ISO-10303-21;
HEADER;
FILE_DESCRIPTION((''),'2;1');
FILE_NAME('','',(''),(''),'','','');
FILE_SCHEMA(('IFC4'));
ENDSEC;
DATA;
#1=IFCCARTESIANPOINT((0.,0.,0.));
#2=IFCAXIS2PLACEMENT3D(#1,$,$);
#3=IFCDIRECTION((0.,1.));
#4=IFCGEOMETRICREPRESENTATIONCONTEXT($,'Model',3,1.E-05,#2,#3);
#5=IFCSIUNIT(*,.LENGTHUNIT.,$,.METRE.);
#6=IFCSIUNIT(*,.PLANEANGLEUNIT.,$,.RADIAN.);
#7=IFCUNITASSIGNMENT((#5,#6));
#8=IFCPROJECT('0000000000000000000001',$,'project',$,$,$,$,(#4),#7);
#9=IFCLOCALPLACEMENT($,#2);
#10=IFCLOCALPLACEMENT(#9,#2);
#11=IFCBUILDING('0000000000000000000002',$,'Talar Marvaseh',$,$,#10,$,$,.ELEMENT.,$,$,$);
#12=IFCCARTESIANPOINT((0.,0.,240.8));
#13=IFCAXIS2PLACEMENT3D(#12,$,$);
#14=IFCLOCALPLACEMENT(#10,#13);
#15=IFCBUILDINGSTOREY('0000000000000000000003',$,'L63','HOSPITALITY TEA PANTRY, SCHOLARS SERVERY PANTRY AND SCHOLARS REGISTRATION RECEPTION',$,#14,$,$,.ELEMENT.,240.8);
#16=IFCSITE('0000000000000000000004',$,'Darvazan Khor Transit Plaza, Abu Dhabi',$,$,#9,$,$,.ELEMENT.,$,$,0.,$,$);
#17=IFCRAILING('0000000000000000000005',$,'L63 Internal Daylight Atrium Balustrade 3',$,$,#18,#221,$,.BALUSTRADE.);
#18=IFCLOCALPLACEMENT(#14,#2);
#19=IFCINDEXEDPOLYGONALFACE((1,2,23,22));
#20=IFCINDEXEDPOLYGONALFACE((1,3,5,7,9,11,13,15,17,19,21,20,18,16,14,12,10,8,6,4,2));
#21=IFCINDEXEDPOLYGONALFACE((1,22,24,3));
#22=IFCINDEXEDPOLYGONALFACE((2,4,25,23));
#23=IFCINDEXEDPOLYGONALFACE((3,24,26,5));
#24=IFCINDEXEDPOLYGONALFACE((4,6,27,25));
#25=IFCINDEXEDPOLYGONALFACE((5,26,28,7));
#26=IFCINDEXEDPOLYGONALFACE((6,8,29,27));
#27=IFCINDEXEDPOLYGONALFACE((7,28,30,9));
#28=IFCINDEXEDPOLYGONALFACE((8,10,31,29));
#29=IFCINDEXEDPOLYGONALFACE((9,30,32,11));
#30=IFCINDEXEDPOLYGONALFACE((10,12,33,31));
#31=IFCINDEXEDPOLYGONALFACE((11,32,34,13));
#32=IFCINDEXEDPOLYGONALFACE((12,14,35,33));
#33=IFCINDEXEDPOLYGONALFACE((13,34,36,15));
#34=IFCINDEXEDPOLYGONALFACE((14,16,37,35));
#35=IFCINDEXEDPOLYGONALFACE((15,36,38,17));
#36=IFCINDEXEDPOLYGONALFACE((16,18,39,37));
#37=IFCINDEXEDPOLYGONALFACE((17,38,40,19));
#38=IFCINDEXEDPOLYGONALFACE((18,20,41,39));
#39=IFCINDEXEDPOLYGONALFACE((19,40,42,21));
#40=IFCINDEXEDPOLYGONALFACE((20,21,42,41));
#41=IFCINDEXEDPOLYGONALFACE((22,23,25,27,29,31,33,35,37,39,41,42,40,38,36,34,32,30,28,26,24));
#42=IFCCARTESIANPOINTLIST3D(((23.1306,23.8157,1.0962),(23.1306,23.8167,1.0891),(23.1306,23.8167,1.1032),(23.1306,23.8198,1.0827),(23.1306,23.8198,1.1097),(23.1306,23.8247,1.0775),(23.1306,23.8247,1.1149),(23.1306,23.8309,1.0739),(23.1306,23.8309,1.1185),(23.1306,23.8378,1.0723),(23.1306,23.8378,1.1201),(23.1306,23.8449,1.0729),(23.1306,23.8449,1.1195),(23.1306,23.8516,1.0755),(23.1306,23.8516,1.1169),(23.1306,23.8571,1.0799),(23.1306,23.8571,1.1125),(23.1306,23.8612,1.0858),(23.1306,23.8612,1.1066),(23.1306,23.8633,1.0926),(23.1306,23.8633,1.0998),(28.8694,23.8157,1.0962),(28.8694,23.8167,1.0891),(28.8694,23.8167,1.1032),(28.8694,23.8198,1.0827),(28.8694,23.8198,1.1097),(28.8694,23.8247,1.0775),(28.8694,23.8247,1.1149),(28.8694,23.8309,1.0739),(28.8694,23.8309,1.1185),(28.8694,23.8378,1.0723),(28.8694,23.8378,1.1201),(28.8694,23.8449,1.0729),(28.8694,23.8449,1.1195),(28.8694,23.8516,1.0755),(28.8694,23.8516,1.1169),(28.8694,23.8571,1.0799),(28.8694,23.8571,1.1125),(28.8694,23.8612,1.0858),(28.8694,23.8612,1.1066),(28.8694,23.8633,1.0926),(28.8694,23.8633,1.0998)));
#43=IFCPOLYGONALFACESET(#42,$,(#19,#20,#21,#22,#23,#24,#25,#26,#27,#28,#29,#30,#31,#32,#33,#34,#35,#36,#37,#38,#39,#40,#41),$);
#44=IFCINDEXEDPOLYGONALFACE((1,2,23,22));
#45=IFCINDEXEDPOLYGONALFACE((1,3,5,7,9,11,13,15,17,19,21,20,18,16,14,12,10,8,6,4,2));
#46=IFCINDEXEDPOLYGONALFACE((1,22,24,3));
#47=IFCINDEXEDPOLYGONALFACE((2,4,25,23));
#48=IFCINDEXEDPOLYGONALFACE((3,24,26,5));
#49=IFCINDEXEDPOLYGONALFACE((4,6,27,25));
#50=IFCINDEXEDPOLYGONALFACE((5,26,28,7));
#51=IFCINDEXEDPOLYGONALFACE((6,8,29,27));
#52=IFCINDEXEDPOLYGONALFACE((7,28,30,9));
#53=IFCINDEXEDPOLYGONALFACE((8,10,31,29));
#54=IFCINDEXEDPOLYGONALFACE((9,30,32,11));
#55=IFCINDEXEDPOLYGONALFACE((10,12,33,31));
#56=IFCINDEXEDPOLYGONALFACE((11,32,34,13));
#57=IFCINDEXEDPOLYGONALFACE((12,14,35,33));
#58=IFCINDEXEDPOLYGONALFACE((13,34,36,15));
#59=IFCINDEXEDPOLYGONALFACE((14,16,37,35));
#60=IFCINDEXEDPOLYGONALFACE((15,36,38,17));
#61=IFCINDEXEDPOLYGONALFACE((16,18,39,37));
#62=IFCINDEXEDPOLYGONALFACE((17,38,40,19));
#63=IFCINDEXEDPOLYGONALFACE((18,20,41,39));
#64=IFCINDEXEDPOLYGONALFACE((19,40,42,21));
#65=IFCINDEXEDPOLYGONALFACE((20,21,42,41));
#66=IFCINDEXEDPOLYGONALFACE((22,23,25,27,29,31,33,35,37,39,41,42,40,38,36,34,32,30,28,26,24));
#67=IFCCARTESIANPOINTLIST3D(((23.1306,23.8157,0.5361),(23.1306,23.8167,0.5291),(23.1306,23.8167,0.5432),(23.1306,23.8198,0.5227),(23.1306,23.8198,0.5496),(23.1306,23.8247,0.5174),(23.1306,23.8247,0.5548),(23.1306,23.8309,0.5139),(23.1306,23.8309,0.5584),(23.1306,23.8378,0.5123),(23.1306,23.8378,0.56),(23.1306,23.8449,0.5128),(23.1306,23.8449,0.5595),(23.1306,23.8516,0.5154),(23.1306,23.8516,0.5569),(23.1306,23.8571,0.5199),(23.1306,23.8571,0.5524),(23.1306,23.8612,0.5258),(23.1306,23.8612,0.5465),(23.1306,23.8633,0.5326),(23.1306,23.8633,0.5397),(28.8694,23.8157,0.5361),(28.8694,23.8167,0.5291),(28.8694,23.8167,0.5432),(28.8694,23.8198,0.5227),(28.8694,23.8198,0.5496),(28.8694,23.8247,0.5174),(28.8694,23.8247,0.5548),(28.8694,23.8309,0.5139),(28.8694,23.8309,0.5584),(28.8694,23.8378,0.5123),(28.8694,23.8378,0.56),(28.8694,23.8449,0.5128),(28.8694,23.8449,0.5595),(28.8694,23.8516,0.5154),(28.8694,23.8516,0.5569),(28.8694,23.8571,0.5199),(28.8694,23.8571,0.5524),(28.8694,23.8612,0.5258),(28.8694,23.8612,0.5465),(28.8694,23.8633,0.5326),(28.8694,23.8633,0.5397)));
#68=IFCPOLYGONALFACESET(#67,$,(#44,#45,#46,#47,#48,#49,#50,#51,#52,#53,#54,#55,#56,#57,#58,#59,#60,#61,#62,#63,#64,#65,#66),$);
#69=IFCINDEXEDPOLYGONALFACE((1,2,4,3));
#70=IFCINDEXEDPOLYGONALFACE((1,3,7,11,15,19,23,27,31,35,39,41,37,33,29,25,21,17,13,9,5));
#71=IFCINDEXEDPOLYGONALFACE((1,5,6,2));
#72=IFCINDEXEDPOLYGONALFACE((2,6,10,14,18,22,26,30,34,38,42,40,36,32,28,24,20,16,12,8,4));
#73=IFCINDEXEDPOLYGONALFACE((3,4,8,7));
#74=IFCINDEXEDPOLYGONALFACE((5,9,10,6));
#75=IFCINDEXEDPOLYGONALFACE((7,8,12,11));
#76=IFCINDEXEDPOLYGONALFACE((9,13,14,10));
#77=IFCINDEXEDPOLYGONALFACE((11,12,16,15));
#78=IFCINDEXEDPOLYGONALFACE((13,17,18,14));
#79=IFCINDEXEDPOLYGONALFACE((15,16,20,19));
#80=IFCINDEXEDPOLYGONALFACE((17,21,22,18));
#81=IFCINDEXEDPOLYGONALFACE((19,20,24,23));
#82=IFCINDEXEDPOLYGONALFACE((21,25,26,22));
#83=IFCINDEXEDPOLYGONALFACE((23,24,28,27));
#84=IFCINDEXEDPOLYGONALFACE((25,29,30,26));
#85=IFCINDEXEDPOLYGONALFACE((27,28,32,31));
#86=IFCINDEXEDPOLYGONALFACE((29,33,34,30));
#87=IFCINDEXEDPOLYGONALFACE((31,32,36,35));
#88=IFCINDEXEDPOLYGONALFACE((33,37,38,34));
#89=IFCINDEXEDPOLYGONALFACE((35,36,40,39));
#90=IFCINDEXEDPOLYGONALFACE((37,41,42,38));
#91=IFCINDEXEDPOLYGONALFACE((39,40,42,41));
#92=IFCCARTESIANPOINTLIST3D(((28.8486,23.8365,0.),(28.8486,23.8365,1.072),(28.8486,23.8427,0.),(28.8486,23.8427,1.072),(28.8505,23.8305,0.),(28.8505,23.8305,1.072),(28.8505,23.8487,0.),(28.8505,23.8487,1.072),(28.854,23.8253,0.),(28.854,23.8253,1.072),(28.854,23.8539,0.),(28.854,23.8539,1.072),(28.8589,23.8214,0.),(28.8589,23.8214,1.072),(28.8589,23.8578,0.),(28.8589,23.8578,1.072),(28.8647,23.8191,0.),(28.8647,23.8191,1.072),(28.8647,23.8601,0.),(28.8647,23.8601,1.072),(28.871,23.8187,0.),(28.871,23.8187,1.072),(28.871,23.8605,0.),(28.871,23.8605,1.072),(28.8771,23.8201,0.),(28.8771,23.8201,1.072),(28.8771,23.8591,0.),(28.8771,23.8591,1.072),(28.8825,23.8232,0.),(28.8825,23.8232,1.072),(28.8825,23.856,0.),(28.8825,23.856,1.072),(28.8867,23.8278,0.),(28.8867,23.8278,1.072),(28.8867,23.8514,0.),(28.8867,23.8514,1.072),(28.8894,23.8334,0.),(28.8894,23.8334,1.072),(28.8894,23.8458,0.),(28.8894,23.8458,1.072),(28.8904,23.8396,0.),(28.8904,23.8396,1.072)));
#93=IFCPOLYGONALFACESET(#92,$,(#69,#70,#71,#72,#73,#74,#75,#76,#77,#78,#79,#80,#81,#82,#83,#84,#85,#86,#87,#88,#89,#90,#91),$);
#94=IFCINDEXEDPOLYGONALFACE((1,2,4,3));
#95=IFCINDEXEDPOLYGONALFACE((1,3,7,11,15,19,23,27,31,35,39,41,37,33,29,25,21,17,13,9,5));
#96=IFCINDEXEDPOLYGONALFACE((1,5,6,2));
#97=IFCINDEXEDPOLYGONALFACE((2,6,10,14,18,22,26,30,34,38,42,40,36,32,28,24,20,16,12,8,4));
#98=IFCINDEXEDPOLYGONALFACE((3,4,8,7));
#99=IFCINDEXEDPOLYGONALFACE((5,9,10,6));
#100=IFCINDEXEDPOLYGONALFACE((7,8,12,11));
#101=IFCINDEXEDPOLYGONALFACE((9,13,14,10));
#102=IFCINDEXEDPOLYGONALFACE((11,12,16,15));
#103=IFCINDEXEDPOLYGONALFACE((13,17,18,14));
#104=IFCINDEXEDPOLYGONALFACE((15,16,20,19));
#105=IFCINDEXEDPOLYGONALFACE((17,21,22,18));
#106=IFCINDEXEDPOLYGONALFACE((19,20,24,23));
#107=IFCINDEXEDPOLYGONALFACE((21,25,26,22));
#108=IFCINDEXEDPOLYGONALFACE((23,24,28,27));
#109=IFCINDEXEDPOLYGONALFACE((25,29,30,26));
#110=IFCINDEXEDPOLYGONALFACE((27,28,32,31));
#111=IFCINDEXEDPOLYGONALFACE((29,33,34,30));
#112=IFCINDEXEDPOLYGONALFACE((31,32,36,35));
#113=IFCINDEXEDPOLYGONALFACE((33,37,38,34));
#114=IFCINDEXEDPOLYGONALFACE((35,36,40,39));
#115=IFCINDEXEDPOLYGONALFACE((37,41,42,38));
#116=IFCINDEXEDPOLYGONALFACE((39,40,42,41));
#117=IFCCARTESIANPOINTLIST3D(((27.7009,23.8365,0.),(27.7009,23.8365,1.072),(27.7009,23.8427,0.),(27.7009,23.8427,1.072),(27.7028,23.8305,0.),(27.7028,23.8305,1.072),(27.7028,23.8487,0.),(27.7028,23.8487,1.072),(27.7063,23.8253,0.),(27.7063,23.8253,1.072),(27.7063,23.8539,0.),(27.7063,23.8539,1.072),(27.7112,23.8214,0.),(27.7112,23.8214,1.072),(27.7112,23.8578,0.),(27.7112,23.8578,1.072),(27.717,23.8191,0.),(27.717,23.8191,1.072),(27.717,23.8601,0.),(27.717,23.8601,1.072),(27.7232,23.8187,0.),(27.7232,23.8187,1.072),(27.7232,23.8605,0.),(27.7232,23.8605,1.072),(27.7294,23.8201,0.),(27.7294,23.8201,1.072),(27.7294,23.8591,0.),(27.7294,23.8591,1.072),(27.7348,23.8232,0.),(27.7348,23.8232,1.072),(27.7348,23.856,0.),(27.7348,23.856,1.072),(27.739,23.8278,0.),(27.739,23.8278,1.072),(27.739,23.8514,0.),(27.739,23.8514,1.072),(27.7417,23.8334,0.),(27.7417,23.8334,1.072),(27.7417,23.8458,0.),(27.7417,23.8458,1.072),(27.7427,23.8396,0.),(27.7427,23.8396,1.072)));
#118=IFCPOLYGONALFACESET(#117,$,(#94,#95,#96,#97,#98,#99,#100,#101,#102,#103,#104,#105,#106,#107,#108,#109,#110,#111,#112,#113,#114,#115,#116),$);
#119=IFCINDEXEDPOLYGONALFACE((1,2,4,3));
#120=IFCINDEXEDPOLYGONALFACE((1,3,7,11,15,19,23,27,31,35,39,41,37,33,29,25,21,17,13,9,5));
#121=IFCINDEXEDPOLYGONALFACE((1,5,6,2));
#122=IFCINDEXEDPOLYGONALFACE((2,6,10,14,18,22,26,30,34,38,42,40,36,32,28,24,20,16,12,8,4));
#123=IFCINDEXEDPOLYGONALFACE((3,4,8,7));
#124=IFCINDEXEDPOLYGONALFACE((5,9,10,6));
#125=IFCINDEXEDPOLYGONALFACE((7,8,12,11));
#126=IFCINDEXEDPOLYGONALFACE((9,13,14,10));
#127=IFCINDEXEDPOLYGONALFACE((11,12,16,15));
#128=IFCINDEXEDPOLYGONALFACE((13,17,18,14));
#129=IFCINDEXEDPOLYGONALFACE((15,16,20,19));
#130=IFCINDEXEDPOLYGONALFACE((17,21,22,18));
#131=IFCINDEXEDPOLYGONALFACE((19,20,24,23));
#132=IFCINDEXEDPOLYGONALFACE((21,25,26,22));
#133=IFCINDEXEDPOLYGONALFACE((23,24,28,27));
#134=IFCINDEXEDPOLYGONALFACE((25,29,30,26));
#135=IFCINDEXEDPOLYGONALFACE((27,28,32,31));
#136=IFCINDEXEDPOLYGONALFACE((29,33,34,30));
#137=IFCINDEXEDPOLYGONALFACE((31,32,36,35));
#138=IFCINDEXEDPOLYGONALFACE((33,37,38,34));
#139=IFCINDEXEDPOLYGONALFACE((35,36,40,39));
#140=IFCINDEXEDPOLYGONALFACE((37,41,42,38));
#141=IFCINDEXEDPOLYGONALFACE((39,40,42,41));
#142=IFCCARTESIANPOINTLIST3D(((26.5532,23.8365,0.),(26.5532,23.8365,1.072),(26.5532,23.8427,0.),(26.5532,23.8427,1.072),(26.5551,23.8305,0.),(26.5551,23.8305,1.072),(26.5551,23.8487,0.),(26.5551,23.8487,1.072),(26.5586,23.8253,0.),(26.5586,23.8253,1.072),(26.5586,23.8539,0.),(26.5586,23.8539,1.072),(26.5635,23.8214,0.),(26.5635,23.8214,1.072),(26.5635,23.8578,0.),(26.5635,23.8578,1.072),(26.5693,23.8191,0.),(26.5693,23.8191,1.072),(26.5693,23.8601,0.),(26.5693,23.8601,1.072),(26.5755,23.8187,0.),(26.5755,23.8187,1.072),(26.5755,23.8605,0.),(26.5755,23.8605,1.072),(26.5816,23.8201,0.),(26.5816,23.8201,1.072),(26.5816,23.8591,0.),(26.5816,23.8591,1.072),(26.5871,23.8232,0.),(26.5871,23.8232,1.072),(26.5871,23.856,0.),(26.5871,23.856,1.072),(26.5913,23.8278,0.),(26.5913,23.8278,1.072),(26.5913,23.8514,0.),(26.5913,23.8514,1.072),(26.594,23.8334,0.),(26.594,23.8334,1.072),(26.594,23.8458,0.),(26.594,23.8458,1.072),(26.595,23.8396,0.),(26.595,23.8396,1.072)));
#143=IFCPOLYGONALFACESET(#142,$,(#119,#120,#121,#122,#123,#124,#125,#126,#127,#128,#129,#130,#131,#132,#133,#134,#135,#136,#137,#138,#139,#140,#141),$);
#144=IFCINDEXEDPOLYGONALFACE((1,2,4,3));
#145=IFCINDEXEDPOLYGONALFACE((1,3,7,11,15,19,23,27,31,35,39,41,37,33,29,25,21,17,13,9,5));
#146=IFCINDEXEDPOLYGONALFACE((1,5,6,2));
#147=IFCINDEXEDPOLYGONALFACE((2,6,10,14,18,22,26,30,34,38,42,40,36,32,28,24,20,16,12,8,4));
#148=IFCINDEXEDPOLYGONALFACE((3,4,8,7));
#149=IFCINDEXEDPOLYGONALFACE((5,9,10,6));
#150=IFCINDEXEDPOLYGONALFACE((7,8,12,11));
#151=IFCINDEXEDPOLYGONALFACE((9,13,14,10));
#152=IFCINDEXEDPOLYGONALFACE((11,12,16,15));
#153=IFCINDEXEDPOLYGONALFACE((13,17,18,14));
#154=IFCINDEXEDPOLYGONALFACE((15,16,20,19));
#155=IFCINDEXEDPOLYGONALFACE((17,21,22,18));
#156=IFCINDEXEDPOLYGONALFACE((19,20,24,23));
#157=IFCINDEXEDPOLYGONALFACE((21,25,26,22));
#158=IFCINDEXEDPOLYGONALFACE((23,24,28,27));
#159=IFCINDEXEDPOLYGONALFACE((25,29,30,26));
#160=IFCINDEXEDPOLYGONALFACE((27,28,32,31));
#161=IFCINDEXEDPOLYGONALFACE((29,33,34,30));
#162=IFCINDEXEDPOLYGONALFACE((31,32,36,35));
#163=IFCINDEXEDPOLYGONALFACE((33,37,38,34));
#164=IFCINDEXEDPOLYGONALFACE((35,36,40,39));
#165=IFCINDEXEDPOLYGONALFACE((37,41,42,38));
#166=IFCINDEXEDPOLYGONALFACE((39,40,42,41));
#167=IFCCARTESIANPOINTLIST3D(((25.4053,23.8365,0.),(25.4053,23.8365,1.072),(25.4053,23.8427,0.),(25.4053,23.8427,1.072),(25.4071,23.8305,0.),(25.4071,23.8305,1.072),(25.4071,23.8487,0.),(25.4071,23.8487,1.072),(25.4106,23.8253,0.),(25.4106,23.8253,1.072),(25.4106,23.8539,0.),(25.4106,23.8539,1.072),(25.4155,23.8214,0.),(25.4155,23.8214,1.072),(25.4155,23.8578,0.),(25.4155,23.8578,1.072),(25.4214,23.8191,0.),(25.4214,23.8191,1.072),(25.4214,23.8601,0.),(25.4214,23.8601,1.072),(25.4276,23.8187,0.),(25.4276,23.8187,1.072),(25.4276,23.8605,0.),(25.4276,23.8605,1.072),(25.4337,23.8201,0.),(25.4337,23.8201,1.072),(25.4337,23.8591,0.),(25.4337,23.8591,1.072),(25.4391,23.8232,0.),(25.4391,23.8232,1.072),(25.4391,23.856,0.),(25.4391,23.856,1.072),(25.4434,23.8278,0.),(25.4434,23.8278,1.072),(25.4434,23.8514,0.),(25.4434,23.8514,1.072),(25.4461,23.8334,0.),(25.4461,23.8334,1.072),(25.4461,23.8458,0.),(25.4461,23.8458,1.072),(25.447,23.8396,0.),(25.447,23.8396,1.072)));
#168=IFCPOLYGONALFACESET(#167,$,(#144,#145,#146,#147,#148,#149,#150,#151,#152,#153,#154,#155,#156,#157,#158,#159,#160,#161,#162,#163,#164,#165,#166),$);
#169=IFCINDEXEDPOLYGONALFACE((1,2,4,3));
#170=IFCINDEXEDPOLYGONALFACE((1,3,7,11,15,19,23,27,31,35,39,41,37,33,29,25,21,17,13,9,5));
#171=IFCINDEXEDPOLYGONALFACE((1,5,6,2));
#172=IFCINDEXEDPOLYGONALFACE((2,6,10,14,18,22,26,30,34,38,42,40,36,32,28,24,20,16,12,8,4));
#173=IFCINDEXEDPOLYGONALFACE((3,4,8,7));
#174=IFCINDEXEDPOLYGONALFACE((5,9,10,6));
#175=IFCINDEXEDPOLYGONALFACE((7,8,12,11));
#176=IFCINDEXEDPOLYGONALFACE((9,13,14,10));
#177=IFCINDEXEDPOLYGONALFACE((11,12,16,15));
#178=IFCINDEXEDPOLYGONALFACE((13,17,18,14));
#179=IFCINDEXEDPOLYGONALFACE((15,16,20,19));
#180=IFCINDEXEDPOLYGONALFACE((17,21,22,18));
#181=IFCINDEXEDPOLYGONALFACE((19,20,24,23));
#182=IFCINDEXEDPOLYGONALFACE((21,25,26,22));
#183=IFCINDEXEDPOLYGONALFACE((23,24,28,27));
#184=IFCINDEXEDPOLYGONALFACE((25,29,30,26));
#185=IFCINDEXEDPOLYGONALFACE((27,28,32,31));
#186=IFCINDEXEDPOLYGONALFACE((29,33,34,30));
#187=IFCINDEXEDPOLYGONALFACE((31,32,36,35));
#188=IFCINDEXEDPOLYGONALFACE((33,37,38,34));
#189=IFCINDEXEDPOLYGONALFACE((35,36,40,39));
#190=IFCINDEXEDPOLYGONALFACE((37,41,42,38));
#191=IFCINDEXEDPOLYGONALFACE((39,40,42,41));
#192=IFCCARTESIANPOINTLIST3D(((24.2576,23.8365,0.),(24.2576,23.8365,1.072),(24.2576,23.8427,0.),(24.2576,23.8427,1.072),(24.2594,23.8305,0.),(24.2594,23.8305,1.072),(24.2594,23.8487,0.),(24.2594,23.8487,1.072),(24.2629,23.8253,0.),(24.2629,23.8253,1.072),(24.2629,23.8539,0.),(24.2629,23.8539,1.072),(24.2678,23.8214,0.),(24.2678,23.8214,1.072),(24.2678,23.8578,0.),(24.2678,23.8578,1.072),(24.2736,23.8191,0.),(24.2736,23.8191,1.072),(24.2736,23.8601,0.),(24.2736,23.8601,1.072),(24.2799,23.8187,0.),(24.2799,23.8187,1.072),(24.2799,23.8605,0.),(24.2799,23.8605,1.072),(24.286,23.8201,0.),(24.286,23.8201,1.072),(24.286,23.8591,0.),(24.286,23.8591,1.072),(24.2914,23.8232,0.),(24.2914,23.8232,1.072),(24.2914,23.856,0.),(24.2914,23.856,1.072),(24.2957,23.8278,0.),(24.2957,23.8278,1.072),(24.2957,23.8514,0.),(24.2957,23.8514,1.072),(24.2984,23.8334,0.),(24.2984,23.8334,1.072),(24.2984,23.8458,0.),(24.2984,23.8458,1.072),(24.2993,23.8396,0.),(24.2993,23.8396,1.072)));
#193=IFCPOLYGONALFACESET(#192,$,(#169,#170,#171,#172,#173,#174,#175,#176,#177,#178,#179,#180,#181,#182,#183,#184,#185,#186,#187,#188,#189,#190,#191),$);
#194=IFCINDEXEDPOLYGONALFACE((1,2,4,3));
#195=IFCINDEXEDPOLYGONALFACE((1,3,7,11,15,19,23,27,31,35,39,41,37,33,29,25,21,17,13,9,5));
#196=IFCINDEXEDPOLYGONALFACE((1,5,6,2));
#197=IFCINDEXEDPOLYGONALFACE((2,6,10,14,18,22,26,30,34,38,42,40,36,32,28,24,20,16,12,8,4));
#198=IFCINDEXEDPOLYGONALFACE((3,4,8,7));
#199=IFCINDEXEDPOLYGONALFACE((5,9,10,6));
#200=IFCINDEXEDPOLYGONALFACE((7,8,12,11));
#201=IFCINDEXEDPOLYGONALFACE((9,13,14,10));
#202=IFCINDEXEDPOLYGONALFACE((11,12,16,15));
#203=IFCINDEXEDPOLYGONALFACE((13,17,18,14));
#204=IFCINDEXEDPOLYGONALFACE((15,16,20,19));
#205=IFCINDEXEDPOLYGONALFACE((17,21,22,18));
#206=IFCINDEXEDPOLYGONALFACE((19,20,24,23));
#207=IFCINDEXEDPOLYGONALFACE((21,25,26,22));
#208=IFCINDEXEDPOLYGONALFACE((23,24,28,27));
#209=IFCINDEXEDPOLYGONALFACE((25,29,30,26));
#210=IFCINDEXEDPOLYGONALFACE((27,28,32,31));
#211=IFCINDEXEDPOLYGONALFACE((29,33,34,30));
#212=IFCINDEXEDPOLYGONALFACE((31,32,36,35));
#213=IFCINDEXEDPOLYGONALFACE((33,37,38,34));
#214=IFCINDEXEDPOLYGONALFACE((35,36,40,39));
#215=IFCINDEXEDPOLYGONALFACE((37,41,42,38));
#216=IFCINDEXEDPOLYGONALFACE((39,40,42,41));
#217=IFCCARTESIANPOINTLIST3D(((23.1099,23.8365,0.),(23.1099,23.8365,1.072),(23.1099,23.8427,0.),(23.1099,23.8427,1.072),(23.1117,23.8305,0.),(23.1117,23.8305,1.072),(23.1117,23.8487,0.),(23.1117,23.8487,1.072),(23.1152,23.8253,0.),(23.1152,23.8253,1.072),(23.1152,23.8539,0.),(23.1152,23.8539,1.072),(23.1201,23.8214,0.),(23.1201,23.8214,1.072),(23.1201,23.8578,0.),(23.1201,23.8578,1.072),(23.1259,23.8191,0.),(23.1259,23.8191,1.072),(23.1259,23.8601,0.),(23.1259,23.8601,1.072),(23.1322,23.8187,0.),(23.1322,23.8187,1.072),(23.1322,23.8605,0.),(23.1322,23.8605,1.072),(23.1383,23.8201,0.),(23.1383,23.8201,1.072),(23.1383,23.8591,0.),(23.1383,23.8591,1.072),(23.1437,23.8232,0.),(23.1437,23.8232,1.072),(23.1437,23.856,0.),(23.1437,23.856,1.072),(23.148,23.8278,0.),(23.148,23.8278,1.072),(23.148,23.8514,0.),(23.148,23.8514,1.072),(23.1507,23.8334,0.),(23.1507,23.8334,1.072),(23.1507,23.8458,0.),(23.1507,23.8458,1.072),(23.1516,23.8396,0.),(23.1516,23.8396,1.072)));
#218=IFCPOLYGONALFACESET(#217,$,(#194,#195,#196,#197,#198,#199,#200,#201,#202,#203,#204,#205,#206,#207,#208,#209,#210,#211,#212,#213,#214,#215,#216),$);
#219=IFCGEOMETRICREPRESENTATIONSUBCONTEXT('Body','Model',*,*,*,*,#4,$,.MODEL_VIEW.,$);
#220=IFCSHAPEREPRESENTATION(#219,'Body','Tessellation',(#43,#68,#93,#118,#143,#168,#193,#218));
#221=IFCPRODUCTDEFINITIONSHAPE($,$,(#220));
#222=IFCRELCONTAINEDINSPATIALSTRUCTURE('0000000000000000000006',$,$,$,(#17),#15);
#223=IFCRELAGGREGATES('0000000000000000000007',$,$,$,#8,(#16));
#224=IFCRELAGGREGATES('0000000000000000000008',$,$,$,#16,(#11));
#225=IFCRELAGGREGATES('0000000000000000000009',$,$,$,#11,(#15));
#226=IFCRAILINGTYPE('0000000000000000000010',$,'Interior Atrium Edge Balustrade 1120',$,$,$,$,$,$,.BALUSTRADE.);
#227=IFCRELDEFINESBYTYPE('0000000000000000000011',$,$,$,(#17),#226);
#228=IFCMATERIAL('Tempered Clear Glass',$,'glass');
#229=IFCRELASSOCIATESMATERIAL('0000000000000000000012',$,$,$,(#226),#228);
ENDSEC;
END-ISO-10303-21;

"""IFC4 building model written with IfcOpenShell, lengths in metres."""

from ifc_helpers import new_model, si_unit, direction, frame, origin, origin_2d, place, context, subcontext, project, spatial, circle, extrude, material, type_object, element, save


model = new_model("IFC4")

# Units and contexts
model_context = context("Model", 3, precision=1e-05, world=origin(), true_north=direction((0.0, 1.0)))
body_context = subcontext(model_context, "Body", "Model", "MODEL_VIEW")
ifc_project = project(units=[si_unit("LENGTHUNIT", "METRE"), si_unit("PLANEANGLEUNIT", "RADIAN")], contexts=[model_context])

# Site, building, storey
site_placement = place(None, origin())
site = spatial("IfcSite", under=ifc_project, at=site_placement, Name="Darvazan Khor Transit Plaza, Abu Dhabi", CompositionType="ELEMENT", RefElevation=0.0)
building_placement = place(site_placement, origin())
building = spatial("IfcBuilding", under=site, at=building_placement, Name="Talar Marvaseh", CompositionType="ELEMENT")
storey_placement = place(building_placement, frame((0.0, 0.0, 240.8)))
storey = spatial("IfcBuildingStorey", under=building, at=storey_placement, Name="L63", Description="HOSPITALITY TEA PANTRY, SCHOLARS SERVERY PANTRY AND SCHOLARS REGISTRATION RECEPTION", CompositionType="ELEMENT", Elevation=240.8)

# Railing
ifc_material_1 = material(Name="Tempered Clear Glass", Category="glass")
railing_type = type_object("IfcRailingType", Name="Interior Atrium Edge Balustrade 1120", PredefinedType="BALUSTRADE", material=ifc_material_1)
railing_1_placement = place(storey_placement, frame((28.8694, 23.8396, 0.0)))
element("IfcRailing", 1, at=railing_1_placement, inside=storey, type_object=railing_type, Name="L63 Internal Daylight Atrium Balustrade 3", PredefinedType="BALUSTRADE", context=body_context, shape_type="SweptSolid", body=[
    extrude(circle(Radius=0.0239, at=origin_2d()), frame((0.0, 0.0, 1.0962), z_axis=(-1.0, 0.0, 0.0), x_axis=(0.0, -1.0, 0.0)), (0.0, 0.0, 1.0), 5.7388),
    extrude(circle(Radius=0.0239, at=origin_2d()), frame((0.0, 0.0, 0.5361), z_axis=(-1.0, 0.0, 0.0), x_axis=(0.0, -1.0, 0.0)), (0.0, 0.0, 1.0), 5.7388),
    extrude(circle(Radius=0.021, at=origin_2d()), origin(), (0.0, 0.0, 1.0), 1.072),
    extrude(circle(Radius=0.021, at=origin_2d()), frame((-1.1477, 0.0, 0.0)), (0.0, 0.0, 1.0), 1.072),
    extrude(circle(Radius=0.021, at=origin_2d()), frame((-2.2954, 0.0, 0.0)), (0.0, 0.0, 1.0), 1.072),
    extrude(circle(Radius=0.021, at=origin_2d()), frame((-3.4434, 0.0, 0.0)), (0.0, 0.0, 1.0), 1.072),
    extrude(circle(Radius=0.021, at=origin_2d()), frame((-4.5911, 0.0, 0.0)), (0.0, 0.0, 1.0), 1.072),
    extrude(circle(Radius=0.021, at=origin_2d()), frame((-5.7388, 0.0, 0.0)), (0.0, 0.0, 1.0), 1.072),
])

save(model, "model.ifc")
